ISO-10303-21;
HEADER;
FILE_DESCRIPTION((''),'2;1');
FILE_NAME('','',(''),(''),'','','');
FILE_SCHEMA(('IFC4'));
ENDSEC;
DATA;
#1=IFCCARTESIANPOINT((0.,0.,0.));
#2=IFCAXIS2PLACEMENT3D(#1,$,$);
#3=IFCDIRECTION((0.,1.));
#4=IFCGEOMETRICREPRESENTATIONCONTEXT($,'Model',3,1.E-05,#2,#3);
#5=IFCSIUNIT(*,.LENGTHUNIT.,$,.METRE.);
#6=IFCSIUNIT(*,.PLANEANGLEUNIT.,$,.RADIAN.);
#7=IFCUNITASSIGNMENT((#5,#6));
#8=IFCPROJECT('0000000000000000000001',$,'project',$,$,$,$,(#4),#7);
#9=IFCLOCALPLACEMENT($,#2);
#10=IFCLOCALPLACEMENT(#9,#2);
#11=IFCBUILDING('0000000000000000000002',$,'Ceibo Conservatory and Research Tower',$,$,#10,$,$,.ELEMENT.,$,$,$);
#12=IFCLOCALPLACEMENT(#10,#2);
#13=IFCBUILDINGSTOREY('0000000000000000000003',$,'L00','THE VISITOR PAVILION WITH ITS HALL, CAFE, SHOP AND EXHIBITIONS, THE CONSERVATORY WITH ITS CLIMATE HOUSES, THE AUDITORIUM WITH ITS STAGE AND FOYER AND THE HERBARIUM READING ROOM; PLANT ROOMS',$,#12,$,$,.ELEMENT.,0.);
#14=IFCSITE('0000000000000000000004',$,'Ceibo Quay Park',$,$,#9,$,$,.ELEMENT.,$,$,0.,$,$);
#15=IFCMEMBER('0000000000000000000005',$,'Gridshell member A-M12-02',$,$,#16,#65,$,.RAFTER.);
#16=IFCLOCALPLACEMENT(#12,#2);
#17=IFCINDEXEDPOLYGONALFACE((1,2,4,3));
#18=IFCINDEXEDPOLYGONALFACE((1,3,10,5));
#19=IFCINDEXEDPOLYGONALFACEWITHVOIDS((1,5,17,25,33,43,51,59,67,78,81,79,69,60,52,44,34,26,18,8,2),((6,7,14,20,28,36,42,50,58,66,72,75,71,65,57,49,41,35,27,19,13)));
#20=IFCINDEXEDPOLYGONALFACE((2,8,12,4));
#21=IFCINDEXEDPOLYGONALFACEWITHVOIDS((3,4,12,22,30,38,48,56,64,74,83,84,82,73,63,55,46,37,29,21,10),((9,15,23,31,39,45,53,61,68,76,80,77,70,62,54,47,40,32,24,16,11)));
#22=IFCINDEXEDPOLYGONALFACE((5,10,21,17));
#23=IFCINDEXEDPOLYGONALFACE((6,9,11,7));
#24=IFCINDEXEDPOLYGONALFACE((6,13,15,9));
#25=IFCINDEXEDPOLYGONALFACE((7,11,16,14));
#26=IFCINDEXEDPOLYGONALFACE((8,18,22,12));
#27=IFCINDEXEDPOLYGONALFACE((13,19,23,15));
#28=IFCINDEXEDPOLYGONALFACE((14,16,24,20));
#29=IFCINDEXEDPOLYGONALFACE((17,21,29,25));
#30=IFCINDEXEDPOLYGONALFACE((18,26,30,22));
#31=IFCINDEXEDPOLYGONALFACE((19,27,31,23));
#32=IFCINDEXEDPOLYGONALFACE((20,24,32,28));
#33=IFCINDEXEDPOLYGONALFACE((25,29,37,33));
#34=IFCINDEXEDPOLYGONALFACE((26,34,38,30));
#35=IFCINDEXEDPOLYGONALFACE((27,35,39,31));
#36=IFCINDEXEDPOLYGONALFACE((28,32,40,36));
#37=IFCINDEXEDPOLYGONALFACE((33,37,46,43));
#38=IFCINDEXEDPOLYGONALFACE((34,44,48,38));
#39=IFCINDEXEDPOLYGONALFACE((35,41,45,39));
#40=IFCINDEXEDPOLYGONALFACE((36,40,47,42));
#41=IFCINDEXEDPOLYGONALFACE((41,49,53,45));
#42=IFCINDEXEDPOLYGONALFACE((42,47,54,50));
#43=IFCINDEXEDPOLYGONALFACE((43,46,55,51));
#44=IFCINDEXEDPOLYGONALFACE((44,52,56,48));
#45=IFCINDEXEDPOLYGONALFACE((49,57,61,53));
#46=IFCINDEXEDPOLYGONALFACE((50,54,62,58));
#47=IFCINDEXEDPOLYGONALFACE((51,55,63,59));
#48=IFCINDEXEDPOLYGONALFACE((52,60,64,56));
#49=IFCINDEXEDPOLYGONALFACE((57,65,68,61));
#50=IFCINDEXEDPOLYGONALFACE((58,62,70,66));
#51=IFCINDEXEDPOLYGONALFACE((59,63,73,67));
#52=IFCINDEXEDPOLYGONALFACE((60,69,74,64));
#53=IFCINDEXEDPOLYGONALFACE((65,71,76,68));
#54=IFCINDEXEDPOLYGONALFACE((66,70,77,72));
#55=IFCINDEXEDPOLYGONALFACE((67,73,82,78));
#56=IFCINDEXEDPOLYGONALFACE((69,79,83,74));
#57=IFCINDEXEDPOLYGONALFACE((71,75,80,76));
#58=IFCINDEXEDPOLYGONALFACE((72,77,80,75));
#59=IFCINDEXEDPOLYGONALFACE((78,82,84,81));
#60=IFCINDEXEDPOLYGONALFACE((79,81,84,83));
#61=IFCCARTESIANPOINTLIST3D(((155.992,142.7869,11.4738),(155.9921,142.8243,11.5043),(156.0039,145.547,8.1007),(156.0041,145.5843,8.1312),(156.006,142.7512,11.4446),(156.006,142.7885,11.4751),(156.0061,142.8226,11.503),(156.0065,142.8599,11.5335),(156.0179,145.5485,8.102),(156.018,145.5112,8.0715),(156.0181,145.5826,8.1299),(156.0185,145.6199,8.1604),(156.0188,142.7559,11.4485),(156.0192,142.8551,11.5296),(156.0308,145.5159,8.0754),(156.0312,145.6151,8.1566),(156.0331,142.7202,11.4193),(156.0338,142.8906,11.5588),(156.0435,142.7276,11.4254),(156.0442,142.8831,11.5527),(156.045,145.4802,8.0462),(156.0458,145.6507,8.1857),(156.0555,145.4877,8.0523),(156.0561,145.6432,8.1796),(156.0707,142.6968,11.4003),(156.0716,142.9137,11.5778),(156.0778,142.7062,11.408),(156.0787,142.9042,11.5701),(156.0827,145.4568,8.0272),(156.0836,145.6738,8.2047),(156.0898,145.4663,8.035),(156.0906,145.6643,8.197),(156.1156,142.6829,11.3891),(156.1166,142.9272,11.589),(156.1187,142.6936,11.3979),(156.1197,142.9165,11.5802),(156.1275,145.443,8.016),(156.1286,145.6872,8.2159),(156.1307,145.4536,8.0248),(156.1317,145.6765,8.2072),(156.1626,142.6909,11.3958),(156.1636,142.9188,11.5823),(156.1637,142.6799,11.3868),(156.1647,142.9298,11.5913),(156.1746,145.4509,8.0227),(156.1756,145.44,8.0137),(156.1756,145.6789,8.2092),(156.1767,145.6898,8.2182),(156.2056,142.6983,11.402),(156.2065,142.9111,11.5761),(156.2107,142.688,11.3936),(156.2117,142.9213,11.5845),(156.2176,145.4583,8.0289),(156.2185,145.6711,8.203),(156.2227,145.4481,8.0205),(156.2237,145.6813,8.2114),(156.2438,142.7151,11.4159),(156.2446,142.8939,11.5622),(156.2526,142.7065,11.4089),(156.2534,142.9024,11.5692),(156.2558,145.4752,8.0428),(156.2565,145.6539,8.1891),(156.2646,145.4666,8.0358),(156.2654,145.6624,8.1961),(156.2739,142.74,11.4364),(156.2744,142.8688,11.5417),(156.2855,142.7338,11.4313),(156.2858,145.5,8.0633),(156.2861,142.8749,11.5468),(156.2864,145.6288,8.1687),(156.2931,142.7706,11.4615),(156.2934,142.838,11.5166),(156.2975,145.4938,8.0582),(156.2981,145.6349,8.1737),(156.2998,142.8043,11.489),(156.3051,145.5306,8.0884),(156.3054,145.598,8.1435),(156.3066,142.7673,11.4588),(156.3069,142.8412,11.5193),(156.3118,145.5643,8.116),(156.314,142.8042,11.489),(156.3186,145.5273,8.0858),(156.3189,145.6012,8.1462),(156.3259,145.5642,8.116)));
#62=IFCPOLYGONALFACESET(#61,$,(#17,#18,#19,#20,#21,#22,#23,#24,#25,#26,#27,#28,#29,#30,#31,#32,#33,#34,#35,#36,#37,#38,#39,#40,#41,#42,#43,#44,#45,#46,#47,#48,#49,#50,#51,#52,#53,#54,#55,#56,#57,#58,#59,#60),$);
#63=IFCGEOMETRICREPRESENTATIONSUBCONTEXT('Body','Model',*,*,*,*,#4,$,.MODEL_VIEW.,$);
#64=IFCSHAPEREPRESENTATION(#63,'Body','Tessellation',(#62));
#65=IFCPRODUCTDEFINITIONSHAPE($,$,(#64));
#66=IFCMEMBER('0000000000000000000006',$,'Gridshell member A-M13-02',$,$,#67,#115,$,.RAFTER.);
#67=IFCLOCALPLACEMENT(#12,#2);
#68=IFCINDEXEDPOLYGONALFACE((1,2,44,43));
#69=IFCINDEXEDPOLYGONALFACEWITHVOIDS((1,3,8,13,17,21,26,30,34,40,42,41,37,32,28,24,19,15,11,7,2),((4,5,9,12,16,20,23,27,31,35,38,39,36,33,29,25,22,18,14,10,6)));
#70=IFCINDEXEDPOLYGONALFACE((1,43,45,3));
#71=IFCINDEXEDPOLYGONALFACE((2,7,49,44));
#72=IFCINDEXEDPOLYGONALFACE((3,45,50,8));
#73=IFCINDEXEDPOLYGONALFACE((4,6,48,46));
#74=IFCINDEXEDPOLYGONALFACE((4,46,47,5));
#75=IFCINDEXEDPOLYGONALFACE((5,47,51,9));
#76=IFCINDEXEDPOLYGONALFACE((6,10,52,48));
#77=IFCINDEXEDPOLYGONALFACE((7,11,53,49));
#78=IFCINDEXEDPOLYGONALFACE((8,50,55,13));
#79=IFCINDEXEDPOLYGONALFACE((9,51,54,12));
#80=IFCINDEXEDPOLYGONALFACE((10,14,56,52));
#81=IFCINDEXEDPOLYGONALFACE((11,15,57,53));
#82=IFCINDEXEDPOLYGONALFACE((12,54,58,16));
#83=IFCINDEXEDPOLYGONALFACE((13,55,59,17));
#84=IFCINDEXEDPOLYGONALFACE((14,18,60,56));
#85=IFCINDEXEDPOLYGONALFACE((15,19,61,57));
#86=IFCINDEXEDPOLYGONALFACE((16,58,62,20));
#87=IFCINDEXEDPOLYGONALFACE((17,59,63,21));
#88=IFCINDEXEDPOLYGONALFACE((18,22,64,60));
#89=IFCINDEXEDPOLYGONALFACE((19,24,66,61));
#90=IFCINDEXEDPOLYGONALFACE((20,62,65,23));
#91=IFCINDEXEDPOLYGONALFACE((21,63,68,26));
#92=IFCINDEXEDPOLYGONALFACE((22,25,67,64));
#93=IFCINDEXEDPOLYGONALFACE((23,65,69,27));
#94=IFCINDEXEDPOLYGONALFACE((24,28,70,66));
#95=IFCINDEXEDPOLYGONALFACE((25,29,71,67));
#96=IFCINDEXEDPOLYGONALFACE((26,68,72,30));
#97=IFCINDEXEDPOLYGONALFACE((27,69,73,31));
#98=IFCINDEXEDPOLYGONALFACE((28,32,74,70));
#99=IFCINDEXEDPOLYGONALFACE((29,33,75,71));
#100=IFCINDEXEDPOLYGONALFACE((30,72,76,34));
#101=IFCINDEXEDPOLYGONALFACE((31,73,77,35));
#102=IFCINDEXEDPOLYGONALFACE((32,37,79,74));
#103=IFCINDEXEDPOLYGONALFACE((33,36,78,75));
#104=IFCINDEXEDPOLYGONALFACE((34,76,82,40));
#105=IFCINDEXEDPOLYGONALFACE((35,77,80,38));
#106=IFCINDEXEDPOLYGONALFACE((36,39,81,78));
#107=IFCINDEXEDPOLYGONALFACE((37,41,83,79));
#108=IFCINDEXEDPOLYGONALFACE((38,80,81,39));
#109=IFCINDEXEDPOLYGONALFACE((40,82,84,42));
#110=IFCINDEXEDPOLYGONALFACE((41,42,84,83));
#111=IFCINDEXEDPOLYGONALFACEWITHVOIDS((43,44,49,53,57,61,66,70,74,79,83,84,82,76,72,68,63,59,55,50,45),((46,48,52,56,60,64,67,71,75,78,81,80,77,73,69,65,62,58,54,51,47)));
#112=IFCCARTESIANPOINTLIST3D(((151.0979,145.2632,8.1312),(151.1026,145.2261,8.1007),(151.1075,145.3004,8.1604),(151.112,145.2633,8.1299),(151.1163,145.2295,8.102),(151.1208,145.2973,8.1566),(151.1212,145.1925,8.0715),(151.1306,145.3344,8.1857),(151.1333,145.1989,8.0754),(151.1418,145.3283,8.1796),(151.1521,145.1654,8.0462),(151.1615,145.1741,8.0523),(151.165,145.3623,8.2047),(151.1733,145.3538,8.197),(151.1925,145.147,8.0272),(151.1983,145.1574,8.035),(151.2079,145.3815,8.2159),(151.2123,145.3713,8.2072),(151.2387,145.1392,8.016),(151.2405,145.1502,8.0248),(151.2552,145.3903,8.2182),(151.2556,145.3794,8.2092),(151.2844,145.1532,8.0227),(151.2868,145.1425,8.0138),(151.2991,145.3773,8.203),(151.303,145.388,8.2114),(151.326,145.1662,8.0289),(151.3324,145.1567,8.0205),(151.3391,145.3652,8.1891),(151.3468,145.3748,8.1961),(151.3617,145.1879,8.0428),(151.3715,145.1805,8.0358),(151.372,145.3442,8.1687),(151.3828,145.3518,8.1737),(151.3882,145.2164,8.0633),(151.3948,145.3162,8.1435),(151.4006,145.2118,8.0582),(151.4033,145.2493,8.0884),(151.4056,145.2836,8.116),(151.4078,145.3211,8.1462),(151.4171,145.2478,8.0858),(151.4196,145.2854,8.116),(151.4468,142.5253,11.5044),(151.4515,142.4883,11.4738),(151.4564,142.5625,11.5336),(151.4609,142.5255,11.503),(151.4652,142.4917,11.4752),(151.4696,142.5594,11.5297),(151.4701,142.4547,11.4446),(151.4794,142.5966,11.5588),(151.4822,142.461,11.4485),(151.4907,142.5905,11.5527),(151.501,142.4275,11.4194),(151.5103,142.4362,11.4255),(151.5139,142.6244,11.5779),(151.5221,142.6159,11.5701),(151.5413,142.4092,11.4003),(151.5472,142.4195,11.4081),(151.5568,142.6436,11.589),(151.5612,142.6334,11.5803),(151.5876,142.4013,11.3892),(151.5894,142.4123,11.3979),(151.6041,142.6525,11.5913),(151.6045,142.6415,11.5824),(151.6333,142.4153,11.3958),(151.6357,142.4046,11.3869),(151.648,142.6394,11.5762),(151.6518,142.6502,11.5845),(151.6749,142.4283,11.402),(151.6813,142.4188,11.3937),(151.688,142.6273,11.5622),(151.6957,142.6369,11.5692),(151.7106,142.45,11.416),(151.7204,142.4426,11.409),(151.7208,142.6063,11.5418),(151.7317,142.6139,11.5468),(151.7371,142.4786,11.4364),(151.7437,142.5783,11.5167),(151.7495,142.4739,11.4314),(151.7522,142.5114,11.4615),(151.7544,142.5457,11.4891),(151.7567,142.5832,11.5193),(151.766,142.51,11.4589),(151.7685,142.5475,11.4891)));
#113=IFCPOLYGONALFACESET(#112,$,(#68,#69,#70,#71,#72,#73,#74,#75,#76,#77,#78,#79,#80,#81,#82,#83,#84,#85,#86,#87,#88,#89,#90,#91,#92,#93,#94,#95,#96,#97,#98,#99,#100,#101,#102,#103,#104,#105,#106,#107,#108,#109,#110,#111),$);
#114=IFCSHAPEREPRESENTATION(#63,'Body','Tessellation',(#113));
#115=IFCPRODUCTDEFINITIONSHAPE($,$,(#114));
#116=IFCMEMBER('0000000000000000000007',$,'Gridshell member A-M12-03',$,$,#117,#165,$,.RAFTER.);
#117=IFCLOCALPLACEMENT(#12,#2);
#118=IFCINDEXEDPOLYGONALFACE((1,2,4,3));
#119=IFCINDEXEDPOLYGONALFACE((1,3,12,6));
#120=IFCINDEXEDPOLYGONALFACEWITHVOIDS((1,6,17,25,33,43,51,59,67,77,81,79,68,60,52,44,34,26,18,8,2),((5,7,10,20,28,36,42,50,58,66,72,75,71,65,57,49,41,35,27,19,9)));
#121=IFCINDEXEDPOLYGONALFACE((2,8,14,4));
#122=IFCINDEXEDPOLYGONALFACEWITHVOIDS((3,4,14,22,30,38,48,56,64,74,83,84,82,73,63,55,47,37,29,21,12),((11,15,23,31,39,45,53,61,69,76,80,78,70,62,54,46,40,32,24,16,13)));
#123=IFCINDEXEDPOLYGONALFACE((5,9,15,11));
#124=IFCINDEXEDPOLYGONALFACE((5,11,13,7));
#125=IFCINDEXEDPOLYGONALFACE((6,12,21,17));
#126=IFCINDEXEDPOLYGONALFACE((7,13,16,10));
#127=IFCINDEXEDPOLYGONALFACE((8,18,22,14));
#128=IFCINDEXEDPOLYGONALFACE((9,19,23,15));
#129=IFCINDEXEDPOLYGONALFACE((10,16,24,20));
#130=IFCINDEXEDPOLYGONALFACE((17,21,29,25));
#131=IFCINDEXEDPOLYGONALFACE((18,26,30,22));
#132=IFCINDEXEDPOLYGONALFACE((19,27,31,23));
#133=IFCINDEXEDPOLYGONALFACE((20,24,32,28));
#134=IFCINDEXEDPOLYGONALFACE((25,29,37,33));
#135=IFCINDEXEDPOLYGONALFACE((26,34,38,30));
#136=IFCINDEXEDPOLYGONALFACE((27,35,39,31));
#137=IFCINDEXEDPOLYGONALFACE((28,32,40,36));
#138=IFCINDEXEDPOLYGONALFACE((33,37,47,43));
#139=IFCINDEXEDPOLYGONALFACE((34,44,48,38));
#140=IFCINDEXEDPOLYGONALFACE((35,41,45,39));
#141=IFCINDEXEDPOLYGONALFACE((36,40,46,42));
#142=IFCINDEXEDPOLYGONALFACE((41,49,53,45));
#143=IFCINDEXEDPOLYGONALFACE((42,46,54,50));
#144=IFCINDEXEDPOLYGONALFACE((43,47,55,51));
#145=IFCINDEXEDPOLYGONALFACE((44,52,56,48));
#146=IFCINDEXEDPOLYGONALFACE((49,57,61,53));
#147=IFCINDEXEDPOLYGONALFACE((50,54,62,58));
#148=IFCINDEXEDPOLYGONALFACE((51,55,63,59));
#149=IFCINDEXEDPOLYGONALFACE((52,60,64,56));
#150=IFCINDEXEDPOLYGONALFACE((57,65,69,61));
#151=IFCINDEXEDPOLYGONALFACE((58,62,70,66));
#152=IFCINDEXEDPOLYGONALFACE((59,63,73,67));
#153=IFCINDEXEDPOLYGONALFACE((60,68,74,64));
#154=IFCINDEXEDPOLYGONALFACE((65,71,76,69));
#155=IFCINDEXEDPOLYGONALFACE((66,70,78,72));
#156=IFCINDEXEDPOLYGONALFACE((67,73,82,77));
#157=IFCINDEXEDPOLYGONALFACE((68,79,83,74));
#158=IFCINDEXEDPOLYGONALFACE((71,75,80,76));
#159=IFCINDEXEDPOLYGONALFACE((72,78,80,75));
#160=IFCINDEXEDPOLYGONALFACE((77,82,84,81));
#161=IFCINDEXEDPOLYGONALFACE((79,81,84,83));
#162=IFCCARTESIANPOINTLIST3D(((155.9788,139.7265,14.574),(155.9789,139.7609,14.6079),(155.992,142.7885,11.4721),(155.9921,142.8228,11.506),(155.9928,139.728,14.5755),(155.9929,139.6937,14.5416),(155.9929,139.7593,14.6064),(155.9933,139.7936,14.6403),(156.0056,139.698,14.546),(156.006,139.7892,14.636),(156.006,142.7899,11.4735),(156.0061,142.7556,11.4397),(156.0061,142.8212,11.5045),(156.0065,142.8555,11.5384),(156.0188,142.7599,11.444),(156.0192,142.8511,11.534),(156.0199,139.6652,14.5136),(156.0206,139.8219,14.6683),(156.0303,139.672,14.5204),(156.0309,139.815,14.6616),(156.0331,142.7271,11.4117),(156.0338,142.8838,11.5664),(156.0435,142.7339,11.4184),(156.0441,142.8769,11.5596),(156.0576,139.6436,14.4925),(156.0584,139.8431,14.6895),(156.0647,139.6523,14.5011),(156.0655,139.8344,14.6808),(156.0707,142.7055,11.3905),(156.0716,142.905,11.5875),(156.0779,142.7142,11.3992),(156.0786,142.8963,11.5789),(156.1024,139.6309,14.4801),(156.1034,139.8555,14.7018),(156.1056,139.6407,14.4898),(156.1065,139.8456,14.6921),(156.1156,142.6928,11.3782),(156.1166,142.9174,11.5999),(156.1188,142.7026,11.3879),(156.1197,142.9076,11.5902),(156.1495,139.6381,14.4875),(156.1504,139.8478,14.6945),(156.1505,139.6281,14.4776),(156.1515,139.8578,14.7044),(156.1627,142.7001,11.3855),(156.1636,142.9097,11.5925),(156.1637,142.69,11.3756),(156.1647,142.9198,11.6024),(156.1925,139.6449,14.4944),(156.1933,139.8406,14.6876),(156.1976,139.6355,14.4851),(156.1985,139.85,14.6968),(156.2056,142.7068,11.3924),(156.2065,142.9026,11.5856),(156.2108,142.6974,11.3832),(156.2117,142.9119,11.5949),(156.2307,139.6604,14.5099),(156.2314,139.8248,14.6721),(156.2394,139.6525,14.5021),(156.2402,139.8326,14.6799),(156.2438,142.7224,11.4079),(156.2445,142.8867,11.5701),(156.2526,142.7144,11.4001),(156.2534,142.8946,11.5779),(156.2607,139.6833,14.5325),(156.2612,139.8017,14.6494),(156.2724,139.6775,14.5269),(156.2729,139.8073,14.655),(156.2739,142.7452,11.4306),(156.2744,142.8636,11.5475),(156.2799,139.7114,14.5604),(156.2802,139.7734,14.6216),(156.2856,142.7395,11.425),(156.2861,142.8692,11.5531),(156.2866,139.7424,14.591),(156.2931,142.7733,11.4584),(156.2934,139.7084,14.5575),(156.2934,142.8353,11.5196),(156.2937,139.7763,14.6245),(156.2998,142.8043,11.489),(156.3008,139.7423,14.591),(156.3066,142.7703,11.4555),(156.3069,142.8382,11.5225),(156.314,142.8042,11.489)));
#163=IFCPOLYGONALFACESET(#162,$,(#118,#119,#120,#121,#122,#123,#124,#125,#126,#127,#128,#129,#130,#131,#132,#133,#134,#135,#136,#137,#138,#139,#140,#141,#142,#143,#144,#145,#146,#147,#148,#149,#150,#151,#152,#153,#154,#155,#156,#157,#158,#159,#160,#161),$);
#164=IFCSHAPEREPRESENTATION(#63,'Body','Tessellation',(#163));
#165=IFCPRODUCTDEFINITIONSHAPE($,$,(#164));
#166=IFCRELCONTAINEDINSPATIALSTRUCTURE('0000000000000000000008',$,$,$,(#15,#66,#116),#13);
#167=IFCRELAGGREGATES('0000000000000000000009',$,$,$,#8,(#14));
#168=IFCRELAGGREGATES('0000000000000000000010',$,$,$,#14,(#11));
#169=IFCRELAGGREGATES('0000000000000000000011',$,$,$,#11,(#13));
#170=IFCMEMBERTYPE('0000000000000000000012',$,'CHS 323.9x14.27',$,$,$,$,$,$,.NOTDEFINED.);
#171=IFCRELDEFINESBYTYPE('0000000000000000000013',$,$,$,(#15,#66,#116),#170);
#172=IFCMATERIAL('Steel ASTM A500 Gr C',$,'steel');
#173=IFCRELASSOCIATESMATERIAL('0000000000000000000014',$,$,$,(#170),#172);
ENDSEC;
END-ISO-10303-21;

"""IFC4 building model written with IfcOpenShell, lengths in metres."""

from ifc_helpers import new_model, si_unit, direction, frame, origin, origin_2d, place, context, subcontext, project, spatial, hollow_circle, extrude, material, material_profile, profile_set, type_object, element, save


model = new_model("IFC4")

# Units and contexts
model_context = context("Model", 3, precision=1e-05, world=origin(), true_north=direction((0.0, 1.0)))
body_context = subcontext(model_context, "Body", "Model", "MODEL_VIEW")
ifc_project = project(units=[si_unit("LENGTHUNIT", "METRE"), si_unit("PLANEANGLEUNIT", "RADIAN")], contexts=[model_context])

# Site, building, storey
site_placement = place(None, origin())
site = spatial("IfcSite", under=ifc_project, at=site_placement, Name="Ceibo Quay Park", CompositionType="ELEMENT", RefElevation=0.0)
building_placement = place(site_placement, origin())
building = spatial("IfcBuilding", under=site, at=building_placement, Name="Ceibo Conservatory and Research Tower", CompositionType="ELEMENT")
storey_placement = place(building_placement, origin())
storey = spatial("IfcBuildingStorey", under=building, at=storey_placement, Name="L00", Description="THE VISITOR PAVILION WITH ITS HALL, CAFE, SHOP AND EXHIBITIONS, THE CONSERVATORY WITH ITS CLIMATE HOUSES, THE AUDITORIUM WITH ITS STAGE AND FOYER AND THE HERBARIUM READING ROOM; PLANT ROOMS", CompositionType="ELEMENT", Elevation=0.0)

# Members
ifc_material_1 = material(Name="Steel ASTM A500 Gr C", Category="steel")
ifc_material_profile_1 = material_profile(ifc_material_1, hollow_circle(Radius=0.1619, WallThickness=0.0142, at=origin_2d()), Name="CHS 323.9x14.27")
ifc_profile_set_1 = profile_set([ifc_material_profile_1], Name="Steel ASTM A500 Gr C")
member_type_1 = type_object("IfcMemberType", Name="CHS 323.9x14.27", PredefinedType="NOTDEFINED", material=ifc_profile_set_1)
for number, where, z_axis, x_axis, name in (
    (1, (156.1641, 145.5649, 8.116), (-0.002745, -0.633269, 0.773927), (0.999991, -0.004334, 0.0), "Gridshell member A-M12-02"),
    (2, (151.259, 145.2649, 8.116), (0.080049, -0.628181, 0.773939), (0.991978, 0.126408, 0.0), "Gridshell member A-M13-02"),
):
    element("IfcMember", number, at=place(storey_placement, frame(where, z_axis=z_axis, x_axis=x_axis)), inside=storey, type_object=member_type_1, Name=name, PredefinedType="RAFTER", context=body_context, shape_type="SweptSolid", body=[
        extrude(hollow_circle(Radius=0.1619, WallThickness=0.0142, at=origin_2d()), origin(), (0.0, 0.0, 1.0), 4.3584),
    ])
member_1_placement = place(storey_placement, frame((156.1521, 142.8049, 11.489), z_axis=(-0.003025, -0.702496, 0.711682), x_axis=(0.999991, -0.004305, 0.0)))
element("IfcMember", 3, at=member_1_placement, inside=storey, type_object=member_type_1, Name="Gridshell member A-M12-03", PredefinedType="RAFTER", context=body_context, shape_type="SweptSolid", body=[
    extrude(hollow_circle(Radius=0.1619, WallThickness=0.0142, at=origin_2d()), origin(), (0.0, 0.0, 1.0), 4.3586),
])

save(model, "model.ifc")
